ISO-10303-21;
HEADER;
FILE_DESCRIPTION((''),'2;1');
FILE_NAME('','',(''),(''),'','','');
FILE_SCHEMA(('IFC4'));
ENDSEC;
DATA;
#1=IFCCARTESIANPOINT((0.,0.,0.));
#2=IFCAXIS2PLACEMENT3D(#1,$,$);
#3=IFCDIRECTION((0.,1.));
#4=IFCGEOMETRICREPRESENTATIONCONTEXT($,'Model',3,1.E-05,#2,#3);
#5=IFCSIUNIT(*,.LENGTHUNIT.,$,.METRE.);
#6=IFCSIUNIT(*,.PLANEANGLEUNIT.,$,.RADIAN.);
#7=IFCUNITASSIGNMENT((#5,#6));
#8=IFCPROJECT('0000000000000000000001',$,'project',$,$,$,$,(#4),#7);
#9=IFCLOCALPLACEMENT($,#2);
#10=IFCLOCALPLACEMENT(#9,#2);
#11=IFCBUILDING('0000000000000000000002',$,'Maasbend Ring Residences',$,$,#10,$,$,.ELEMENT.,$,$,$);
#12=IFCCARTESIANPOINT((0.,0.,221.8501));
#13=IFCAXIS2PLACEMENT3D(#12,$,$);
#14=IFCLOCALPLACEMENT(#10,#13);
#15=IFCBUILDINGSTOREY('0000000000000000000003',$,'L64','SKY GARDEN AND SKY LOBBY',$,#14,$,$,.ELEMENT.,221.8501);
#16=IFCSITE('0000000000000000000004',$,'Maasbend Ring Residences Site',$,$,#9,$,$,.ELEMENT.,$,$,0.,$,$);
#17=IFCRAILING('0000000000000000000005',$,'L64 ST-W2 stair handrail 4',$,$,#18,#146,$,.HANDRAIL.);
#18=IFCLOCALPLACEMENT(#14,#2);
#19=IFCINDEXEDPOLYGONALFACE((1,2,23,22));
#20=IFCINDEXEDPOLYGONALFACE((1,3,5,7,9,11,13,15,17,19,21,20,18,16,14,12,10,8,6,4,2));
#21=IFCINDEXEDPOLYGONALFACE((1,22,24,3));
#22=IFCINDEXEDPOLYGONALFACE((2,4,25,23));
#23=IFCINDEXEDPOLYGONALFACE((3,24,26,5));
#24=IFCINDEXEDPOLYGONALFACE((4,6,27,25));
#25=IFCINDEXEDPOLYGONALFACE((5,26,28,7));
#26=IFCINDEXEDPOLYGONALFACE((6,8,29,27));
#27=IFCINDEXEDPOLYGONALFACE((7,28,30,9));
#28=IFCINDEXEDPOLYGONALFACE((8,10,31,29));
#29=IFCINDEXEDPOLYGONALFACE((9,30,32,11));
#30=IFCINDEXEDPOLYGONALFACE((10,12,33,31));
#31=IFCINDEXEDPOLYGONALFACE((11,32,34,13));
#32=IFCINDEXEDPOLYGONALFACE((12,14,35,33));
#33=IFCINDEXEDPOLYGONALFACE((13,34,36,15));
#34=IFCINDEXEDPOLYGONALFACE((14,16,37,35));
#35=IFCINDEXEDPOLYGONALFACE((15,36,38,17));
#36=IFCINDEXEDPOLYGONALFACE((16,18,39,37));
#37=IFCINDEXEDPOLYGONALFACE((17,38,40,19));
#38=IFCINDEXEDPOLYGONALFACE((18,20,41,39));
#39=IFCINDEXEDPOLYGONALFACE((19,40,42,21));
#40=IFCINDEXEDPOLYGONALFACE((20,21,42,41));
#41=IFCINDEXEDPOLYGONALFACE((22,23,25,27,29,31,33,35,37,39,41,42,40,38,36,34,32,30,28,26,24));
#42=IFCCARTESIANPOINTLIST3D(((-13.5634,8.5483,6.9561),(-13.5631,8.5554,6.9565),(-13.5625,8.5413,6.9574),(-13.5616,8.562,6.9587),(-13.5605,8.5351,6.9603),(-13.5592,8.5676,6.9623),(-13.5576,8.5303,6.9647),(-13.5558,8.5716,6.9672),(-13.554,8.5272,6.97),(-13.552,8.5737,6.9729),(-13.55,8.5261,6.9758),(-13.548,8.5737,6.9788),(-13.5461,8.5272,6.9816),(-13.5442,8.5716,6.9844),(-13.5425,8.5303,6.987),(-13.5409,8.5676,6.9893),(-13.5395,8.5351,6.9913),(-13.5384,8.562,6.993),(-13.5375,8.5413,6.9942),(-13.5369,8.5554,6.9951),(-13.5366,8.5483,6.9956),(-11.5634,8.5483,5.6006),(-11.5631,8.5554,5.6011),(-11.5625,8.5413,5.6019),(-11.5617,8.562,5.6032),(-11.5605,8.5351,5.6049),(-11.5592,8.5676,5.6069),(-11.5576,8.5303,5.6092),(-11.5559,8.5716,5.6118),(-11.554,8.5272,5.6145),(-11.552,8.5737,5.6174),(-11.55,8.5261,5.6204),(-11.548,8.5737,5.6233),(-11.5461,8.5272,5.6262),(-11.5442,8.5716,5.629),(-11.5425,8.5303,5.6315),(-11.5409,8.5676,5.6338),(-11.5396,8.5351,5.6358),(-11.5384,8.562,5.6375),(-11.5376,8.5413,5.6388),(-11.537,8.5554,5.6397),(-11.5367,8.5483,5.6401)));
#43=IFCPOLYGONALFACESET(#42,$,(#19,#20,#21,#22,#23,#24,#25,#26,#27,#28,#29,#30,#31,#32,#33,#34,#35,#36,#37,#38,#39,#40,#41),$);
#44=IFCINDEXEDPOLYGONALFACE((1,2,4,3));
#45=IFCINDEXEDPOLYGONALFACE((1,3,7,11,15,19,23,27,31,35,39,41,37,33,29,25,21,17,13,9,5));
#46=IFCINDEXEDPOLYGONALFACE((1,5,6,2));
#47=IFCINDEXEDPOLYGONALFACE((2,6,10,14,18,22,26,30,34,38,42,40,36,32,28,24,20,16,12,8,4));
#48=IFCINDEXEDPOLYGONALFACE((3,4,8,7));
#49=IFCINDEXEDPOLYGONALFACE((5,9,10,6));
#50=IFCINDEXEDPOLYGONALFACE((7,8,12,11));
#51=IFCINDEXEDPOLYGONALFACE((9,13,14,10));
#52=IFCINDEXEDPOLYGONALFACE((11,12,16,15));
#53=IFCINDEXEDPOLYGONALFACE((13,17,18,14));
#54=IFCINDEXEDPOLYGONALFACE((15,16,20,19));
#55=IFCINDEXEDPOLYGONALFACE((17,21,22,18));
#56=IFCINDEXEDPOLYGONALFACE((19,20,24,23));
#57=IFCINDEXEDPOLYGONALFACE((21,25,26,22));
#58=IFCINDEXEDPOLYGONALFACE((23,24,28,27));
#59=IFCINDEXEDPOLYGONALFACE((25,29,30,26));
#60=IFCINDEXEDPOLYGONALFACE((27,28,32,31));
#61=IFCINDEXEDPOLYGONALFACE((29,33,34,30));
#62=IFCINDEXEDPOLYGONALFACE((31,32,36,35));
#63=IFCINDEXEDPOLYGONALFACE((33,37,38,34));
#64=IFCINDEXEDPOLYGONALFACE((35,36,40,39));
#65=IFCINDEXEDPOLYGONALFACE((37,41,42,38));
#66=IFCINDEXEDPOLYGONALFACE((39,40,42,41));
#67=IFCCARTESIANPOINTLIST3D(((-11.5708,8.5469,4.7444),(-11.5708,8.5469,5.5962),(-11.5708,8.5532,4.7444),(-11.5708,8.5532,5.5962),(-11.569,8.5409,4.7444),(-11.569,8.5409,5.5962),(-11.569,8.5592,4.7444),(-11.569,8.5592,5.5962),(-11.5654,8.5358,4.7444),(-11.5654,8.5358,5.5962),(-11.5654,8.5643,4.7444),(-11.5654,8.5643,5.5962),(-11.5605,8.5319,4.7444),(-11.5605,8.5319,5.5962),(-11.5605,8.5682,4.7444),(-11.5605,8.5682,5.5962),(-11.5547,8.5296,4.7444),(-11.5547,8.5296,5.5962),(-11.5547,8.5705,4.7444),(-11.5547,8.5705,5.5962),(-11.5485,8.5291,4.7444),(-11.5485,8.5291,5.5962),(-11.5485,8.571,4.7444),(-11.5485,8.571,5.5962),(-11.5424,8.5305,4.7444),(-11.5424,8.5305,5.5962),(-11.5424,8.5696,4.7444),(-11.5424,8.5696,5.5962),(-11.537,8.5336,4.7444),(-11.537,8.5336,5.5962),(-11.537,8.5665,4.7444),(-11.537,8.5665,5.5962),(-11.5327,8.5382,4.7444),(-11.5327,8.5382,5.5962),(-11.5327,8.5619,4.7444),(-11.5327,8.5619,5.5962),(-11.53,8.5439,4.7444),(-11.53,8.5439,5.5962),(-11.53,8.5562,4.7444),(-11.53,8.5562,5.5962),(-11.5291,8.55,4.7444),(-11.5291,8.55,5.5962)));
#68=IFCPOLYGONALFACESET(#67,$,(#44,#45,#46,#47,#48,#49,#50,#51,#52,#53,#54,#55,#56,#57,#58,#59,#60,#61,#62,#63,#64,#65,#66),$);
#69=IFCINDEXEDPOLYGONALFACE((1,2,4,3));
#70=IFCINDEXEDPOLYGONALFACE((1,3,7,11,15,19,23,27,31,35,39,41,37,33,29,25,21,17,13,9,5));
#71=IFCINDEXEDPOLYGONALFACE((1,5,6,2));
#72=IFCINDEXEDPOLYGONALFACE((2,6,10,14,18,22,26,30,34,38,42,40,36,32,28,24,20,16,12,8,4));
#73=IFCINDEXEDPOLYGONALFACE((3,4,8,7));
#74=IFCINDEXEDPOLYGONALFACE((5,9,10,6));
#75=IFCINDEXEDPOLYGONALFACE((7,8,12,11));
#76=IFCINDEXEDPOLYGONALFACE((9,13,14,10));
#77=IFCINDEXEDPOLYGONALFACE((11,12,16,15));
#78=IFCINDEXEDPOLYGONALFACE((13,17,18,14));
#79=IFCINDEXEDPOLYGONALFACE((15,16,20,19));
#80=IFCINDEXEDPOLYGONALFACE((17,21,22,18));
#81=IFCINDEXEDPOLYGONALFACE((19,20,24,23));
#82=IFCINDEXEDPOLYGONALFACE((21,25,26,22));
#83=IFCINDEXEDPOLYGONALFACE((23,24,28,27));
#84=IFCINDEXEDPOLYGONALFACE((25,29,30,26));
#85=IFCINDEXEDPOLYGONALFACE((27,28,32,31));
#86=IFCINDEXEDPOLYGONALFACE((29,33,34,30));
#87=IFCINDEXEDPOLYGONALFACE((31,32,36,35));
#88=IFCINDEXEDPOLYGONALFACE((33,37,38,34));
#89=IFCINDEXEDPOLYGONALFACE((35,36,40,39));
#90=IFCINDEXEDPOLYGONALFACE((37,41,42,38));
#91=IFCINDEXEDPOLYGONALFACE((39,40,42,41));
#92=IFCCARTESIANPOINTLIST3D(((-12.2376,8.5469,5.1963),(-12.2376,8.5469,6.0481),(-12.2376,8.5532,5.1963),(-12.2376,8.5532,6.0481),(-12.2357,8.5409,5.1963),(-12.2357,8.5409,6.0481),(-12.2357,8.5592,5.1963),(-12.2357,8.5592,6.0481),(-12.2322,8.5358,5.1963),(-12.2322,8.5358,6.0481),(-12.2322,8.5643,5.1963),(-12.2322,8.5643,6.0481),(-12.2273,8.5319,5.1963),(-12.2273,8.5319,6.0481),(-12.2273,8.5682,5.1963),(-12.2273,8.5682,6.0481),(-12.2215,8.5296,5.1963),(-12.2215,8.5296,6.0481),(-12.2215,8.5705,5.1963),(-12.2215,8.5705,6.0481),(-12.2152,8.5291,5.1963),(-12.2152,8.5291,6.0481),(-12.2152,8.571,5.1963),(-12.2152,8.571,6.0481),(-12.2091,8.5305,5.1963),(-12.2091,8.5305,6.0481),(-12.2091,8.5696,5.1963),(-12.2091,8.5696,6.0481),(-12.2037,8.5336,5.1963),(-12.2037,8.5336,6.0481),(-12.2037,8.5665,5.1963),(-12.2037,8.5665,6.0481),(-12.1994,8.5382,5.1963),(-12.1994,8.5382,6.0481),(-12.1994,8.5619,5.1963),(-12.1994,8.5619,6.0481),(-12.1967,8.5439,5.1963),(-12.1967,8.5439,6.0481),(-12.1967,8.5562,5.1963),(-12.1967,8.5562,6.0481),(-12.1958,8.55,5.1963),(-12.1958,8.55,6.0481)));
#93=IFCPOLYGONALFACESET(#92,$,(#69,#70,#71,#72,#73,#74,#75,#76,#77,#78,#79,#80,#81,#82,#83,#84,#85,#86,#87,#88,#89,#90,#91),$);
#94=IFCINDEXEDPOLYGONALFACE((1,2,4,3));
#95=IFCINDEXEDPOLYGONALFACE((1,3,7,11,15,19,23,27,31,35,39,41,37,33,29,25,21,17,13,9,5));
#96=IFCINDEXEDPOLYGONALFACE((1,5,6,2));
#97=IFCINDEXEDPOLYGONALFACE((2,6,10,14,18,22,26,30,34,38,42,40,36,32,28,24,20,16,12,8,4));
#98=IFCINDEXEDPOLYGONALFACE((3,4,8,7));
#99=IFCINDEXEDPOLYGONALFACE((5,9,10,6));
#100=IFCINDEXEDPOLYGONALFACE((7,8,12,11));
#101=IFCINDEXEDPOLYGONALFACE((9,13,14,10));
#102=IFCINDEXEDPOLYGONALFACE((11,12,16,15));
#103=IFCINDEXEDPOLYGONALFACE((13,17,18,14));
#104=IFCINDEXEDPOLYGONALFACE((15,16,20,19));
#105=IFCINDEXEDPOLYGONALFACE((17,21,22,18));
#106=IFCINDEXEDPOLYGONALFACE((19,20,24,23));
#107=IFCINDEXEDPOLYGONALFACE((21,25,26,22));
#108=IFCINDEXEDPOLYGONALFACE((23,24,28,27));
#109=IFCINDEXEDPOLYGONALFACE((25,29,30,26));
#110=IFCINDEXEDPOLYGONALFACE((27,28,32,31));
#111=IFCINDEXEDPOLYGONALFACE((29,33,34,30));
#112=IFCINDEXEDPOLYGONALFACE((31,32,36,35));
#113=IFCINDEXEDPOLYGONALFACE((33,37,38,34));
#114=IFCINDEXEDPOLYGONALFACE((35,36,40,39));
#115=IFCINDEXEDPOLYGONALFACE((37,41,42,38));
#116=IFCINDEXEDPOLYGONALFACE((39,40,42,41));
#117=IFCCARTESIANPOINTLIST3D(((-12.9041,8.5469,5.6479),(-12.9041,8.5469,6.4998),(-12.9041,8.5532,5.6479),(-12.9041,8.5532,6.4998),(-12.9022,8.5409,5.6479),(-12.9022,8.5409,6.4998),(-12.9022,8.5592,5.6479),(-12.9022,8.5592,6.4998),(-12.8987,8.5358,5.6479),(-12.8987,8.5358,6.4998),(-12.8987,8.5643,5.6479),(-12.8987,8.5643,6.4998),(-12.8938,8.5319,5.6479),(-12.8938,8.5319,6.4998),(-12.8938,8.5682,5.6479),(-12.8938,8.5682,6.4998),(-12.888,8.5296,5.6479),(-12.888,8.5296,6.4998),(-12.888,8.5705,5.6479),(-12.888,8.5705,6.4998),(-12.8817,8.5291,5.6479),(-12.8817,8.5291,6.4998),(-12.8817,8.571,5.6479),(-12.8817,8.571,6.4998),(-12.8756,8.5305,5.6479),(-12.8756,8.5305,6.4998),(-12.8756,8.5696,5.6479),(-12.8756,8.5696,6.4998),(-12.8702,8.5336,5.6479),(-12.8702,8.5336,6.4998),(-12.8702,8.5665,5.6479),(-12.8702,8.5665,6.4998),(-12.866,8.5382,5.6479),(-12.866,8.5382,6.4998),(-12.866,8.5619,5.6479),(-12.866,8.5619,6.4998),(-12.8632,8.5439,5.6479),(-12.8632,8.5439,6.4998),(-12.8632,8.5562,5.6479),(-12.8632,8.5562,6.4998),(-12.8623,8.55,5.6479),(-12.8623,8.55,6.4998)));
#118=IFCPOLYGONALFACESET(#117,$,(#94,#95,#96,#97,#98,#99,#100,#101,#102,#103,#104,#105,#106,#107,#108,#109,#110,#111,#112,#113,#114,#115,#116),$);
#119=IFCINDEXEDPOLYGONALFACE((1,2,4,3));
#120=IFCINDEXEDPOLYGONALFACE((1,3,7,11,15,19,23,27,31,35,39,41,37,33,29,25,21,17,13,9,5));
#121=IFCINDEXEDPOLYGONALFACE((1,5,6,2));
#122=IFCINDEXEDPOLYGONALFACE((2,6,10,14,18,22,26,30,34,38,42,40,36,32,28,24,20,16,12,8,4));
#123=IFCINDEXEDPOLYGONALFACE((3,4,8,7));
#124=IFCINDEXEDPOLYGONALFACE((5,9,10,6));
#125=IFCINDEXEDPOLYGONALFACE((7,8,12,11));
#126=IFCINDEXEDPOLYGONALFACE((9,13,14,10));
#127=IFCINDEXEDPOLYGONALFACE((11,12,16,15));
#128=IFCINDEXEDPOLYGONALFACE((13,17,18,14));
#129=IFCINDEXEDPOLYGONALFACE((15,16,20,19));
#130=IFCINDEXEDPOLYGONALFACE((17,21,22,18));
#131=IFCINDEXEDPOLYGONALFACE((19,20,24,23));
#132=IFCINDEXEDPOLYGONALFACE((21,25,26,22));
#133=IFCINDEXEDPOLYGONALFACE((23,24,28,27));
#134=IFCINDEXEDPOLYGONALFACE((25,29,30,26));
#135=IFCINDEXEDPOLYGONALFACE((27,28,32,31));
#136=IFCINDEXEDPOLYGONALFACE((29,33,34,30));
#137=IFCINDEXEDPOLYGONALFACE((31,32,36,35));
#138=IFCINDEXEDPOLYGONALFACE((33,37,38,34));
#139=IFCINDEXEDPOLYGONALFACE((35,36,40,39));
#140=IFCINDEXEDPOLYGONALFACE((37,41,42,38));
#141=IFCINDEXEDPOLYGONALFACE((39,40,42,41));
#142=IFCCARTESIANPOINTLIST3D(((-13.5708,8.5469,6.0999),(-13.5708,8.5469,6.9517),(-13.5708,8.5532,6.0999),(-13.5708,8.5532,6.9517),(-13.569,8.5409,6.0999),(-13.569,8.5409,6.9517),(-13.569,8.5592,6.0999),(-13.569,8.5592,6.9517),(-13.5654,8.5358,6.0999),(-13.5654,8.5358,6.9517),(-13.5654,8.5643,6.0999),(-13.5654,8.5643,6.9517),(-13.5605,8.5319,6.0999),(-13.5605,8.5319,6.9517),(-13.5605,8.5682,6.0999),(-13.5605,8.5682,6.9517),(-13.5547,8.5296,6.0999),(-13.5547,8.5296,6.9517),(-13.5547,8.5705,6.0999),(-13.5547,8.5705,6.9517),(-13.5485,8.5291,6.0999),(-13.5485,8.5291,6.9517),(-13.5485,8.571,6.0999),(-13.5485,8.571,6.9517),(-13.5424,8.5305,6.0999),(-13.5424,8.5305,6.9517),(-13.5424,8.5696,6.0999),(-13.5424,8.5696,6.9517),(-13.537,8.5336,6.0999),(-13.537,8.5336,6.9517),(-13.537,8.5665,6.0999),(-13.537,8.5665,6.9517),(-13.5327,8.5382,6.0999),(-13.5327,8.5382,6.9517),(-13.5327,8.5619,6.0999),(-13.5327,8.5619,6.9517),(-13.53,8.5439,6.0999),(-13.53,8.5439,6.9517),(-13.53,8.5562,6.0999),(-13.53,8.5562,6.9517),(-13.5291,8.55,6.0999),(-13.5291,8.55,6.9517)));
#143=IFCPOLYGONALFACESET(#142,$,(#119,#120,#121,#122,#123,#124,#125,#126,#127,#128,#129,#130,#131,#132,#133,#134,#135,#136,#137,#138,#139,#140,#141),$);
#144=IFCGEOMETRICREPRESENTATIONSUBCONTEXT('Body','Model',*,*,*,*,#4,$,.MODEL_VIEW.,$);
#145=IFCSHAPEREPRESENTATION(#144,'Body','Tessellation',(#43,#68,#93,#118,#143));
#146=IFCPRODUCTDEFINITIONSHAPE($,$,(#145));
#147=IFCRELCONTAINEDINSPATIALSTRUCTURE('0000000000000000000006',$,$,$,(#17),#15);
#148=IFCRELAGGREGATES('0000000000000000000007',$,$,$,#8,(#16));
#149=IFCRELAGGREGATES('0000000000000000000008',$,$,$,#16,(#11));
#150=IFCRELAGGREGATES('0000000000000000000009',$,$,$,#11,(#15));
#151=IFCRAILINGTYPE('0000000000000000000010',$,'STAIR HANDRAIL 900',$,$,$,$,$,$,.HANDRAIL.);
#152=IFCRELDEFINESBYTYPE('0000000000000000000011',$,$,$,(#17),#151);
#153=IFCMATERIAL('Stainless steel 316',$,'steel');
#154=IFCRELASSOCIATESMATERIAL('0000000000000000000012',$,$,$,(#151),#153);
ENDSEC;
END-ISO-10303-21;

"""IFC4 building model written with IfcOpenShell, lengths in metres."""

from ifc_helpers import new_model, si_unit, direction, frame, origin, origin_2d, place, context, subcontext, project, spatial, circle, extrude, material, type_object, element, save


model = new_model("IFC4")

# Units and contexts
model_context = context("Model", 3, precision=1e-05, world=origin(), true_north=direction((0.0, 1.0)))
body_context = subcontext(model_context, "Body", "Model", "MODEL_VIEW")
ifc_project = project(units=[si_unit("LENGTHUNIT", "METRE"), si_unit("PLANEANGLEUNIT", "RADIAN")], contexts=[model_context])

# Site, building, storey
site_placement = place(None, origin())
site = spatial("IfcSite", under=ifc_project, at=site_placement, Name="Maasbend Ring Residences Site", CompositionType="ELEMENT", RefElevation=0.0)
building_placement = place(site_placement, origin())
building = spatial("IfcBuilding", under=site, at=building_placement, Name="Maasbend Ring Residences", CompositionType="ELEMENT")
storey_placement = place(building_placement, frame((0.0, 0.0, 221.8501)))
storey = spatial("IfcBuildingStorey", under=building, at=storey_placement, Name="L64", Description="SKY GARDEN AND SKY LOBBY", CompositionType="ELEMENT", Elevation=221.8501)

# Railing
ifc_material_1 = material(Name="Stainless steel 316", Category="steel")
railing_type = type_object("IfcRailingType", Name="STAIR HANDRAIL 900", PredefinedType="HANDRAIL", material=ifc_material_1)
railing_placement = place(storey_placement, frame((-11.55, 8.55, 4.7444)))
element("IfcRailing", 1, at=railing_placement, inside=storey, type_object=railing_type, Name="L64 ST-W2 stair handrail 4", PredefinedType="HANDRAIL", context=body_context, shape_type="SweptSolid", body=[
    extrude(circle(Radius=0.0239, at=origin_2d()), frame((0.0, 0.0, 0.876), z_axis=(-0.827798, 0.0, 0.561027), x_axis=(0.0, -1.0, 0.0)), (0.0, 0.0, 1.0), 2.416),
    extrude(circle(Radius=0.021, at=origin_2d()), origin(), (0.0, 0.0, 1.0), 0.8518),
    extrude(circle(Radius=0.021, at=origin_2d()), frame((-0.6667, 0.0, 0.4519)), (0.0, 0.0, 1.0), 0.8518),
    extrude(circle(Radius=0.021, at=origin_2d()), frame((-1.3333, 0.0, 0.9036)), (0.0, 0.0, 1.0), 0.8518),
    extrude(circle(Radius=0.021, at=origin_2d()), frame((-2.0, 0.0, 1.3555)), (0.0, 0.0, 1.0), 0.8518),
])

save(model, "model.ifc")
